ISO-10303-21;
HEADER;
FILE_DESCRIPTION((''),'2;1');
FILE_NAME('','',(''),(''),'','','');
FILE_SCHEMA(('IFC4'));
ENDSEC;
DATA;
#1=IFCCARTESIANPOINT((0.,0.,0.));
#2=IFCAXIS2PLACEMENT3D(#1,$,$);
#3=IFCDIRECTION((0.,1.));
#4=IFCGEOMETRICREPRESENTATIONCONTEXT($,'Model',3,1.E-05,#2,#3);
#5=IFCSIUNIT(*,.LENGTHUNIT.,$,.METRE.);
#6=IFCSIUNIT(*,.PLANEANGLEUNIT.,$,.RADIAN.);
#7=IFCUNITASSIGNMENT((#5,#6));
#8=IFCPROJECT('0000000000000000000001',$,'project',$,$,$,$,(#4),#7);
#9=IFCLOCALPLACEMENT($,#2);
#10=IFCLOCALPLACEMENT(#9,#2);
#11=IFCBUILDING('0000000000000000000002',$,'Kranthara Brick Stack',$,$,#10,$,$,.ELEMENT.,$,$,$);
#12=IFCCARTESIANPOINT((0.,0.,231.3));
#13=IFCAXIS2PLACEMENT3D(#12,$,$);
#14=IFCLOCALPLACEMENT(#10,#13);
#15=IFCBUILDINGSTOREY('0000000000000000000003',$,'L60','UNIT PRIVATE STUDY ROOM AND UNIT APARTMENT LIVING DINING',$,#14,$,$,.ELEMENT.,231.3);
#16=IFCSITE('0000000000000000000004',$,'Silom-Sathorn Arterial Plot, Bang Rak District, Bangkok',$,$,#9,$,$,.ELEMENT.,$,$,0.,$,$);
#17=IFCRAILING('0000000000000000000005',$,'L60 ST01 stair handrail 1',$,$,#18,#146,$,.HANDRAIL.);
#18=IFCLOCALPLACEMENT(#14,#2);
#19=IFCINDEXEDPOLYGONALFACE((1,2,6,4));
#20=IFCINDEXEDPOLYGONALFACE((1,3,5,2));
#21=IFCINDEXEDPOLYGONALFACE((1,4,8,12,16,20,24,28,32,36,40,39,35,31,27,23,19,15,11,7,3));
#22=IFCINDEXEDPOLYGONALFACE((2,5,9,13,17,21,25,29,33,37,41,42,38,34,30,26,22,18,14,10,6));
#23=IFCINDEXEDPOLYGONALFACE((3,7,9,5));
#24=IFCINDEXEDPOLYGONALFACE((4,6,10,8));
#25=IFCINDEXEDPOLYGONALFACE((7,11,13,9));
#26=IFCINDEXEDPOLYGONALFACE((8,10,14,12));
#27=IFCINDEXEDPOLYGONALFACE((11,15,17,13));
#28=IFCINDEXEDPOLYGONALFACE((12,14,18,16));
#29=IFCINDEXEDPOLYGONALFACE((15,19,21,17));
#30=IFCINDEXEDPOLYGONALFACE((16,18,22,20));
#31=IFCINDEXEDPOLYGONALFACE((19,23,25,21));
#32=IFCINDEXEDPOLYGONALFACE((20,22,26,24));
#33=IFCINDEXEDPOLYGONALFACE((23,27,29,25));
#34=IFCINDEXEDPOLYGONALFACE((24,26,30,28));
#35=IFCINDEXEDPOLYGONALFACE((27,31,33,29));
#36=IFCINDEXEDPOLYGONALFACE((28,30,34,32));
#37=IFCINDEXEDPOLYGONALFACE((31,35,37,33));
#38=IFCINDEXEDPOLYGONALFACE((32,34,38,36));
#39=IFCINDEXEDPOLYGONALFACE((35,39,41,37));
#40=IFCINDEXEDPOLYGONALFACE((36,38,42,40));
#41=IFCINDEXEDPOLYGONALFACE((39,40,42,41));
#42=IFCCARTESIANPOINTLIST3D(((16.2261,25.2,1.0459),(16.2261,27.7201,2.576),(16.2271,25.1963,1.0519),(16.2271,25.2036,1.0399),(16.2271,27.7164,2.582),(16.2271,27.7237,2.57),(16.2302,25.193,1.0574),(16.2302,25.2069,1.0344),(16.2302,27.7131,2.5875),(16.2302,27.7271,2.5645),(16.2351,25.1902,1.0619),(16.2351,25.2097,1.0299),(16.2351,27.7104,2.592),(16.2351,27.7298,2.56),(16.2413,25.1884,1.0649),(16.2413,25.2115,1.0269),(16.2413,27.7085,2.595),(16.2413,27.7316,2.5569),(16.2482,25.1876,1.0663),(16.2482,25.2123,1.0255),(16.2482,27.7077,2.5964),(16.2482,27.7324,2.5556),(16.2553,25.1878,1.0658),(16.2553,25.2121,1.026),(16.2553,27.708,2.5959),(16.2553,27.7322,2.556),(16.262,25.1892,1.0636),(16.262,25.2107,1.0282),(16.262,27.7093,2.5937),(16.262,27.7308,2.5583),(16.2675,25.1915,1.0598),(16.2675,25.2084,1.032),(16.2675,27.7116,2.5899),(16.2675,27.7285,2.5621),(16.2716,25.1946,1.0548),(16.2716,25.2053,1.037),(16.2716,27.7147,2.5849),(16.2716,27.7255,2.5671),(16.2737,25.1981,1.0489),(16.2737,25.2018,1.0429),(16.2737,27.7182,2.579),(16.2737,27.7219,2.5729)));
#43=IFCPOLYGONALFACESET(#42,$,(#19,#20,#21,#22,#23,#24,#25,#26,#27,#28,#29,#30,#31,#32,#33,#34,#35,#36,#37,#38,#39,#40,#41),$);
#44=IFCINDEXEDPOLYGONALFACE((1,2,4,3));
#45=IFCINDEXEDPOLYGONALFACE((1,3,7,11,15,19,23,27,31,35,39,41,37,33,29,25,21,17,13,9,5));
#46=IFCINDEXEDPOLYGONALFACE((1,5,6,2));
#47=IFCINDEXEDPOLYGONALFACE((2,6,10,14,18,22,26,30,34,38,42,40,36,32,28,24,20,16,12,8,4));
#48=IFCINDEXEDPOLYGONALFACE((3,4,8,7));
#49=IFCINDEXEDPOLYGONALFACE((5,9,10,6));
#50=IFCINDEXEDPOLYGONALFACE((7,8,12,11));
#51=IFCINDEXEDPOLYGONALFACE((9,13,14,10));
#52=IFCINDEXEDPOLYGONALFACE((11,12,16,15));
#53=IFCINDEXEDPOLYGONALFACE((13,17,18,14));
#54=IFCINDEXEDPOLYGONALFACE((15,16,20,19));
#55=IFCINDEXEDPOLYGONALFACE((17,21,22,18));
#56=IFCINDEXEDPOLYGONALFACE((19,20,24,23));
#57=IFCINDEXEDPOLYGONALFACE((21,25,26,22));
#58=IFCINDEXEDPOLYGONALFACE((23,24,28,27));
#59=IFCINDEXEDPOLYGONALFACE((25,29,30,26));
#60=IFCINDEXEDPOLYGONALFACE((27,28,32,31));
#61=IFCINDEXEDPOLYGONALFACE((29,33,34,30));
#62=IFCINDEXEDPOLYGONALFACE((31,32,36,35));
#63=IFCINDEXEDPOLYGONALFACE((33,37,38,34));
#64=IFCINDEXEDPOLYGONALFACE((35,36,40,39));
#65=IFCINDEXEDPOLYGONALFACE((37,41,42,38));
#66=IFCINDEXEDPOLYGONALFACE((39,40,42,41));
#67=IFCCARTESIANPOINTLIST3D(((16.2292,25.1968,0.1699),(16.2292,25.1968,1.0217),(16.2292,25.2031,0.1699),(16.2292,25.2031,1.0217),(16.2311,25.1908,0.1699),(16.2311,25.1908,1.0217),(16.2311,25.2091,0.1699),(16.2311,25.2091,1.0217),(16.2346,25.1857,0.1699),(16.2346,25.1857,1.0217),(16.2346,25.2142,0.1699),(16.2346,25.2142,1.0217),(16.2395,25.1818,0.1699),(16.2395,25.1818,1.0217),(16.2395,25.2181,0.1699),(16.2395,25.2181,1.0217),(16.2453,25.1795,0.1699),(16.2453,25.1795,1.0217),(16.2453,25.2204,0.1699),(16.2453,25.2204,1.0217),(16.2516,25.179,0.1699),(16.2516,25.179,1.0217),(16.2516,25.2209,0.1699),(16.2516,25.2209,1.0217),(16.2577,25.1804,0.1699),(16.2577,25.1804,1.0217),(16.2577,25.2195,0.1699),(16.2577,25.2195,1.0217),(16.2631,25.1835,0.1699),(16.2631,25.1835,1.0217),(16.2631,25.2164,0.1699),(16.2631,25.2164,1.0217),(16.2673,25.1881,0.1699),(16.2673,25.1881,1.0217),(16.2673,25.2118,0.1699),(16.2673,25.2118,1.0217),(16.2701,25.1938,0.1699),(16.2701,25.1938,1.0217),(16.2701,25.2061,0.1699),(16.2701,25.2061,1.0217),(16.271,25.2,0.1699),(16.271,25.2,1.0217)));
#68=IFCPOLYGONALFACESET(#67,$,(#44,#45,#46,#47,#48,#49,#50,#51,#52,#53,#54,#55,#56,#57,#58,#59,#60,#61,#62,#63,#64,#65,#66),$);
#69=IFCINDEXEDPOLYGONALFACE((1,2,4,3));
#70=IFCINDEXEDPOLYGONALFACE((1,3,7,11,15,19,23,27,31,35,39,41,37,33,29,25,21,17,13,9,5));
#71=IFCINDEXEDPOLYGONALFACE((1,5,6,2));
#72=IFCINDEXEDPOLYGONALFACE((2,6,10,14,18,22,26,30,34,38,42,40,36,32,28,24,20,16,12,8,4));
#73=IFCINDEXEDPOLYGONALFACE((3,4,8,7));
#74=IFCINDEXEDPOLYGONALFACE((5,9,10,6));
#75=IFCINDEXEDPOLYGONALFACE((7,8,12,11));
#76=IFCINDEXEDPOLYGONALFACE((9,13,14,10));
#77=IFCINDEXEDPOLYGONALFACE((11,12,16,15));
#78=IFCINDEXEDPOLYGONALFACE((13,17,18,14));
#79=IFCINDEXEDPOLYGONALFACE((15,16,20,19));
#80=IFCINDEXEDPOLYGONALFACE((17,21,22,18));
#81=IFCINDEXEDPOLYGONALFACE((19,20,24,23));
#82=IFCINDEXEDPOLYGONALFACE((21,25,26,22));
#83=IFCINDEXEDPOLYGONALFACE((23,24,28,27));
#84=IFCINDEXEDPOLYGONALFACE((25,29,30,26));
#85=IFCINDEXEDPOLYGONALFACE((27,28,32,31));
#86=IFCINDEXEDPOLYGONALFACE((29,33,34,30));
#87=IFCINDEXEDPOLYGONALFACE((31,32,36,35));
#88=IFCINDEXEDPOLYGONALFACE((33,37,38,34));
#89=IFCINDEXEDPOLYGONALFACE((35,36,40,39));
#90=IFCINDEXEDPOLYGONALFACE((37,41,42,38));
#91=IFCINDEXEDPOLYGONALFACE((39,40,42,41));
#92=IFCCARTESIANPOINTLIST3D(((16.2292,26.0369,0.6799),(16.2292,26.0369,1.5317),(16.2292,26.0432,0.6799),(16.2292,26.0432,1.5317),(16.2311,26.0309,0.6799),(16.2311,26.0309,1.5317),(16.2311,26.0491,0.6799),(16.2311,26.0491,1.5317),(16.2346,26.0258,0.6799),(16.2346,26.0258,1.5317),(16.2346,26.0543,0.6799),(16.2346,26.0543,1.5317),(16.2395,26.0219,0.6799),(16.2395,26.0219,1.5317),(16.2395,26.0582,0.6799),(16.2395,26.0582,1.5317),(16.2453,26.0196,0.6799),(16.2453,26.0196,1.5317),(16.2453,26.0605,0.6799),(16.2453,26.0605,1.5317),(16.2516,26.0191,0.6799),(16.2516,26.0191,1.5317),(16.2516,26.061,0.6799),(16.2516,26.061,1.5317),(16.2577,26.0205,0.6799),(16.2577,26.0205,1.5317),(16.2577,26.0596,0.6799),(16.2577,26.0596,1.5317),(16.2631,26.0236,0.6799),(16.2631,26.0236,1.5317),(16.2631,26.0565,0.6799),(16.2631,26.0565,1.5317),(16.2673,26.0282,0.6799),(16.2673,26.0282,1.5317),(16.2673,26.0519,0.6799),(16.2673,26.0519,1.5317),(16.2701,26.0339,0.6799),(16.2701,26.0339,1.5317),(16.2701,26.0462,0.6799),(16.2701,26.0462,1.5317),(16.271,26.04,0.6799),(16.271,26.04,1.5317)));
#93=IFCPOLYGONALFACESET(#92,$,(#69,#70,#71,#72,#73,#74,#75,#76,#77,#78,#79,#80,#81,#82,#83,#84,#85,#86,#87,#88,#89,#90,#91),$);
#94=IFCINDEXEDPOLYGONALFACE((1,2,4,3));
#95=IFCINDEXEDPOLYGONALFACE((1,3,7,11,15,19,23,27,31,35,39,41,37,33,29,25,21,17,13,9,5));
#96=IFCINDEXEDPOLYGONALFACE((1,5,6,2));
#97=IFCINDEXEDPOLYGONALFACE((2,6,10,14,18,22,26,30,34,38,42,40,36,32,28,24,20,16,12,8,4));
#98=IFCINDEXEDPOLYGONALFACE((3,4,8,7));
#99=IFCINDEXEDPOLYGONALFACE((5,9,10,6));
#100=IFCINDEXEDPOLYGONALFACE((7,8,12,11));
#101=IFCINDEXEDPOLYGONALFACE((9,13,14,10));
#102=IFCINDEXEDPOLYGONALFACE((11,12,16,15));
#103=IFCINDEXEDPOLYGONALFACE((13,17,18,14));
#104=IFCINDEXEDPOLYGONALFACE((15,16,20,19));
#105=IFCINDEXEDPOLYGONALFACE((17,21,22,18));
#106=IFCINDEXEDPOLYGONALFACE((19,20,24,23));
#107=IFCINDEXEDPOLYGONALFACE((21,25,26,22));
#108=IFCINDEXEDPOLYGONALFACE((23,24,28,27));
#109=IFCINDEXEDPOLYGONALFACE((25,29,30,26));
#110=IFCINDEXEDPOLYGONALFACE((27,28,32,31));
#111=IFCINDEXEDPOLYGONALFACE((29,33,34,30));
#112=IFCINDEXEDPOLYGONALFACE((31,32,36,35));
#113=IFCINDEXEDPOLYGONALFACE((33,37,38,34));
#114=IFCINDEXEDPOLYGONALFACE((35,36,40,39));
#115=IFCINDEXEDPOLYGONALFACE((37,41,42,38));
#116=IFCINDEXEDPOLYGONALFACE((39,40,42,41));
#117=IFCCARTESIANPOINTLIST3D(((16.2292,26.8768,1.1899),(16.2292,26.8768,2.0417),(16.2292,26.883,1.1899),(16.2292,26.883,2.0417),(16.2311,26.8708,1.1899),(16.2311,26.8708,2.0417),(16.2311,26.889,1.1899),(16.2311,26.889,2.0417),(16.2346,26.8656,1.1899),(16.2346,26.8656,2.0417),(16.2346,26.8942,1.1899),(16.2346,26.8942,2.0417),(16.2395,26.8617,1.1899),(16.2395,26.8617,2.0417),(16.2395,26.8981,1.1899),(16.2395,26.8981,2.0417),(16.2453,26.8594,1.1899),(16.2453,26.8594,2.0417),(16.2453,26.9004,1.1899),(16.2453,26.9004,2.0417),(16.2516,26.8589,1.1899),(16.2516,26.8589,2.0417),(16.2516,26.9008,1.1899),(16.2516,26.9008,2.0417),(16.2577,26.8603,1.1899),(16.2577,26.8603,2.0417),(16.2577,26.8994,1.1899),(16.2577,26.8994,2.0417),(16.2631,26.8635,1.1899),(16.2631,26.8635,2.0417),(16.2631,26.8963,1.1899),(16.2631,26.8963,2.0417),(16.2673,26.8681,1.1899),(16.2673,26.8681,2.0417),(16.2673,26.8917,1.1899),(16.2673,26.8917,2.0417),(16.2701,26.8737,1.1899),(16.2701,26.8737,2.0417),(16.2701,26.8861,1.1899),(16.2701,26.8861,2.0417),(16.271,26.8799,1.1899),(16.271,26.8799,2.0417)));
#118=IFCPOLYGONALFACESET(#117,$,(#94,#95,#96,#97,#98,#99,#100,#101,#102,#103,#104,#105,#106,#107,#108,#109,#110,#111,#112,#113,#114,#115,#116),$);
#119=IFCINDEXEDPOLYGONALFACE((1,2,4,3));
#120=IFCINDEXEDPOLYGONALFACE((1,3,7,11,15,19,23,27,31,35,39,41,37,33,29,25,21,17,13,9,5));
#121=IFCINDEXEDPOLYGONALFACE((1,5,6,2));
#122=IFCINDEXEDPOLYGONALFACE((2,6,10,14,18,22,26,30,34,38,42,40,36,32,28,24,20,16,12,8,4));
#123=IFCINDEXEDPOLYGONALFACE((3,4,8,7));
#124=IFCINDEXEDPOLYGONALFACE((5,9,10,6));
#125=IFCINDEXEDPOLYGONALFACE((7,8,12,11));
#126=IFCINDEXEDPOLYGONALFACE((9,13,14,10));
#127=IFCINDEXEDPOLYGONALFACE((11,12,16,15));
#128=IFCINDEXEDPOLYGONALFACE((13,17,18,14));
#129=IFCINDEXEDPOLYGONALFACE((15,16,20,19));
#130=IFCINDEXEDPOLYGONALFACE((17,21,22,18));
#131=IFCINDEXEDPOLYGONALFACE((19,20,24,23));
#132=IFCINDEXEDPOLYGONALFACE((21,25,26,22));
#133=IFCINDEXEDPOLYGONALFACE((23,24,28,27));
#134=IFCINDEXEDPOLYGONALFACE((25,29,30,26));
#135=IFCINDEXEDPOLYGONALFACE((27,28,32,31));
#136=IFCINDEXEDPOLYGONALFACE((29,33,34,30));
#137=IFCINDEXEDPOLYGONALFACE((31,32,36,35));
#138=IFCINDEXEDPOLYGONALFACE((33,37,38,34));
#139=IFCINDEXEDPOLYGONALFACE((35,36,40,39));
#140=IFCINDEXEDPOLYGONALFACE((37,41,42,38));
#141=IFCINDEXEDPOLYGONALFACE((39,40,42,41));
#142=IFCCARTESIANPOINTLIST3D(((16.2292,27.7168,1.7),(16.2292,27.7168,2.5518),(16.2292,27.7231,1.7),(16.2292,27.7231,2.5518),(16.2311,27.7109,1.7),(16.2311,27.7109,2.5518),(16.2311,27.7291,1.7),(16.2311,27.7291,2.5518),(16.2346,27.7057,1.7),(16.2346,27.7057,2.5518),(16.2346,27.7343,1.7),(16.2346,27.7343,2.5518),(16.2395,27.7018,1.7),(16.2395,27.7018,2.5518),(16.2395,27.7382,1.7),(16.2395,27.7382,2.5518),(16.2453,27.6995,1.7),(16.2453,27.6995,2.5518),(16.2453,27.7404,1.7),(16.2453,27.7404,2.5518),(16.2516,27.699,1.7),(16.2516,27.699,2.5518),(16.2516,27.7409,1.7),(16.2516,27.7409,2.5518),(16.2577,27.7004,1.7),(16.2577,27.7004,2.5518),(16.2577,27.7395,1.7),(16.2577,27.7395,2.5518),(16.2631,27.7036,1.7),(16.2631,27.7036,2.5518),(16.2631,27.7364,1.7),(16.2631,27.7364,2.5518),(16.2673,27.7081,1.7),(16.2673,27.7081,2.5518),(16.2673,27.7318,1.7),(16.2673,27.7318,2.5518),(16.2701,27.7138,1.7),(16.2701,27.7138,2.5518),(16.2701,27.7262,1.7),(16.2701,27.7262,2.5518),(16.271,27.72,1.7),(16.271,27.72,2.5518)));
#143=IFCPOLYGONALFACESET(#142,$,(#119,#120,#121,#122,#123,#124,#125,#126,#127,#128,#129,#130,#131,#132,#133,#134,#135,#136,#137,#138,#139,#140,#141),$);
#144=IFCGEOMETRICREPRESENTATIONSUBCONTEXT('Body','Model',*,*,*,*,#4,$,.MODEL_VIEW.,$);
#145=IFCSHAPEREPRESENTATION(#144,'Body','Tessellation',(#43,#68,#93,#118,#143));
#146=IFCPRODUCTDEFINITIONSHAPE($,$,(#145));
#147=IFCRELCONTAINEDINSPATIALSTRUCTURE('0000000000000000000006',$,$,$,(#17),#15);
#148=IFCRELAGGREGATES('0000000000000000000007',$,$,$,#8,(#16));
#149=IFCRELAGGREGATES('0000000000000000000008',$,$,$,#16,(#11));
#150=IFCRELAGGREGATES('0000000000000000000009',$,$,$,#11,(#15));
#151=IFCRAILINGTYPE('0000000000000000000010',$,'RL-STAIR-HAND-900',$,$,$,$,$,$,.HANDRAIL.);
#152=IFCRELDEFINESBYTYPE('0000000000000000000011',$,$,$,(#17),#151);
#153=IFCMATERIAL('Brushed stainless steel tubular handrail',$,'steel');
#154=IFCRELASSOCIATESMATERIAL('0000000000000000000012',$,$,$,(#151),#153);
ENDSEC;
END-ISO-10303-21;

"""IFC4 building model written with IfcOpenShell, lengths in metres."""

from ifc_helpers import new_model, si_unit, direction, frame, origin, origin_2d, place, context, subcontext, project, spatial, circle, extrude, material, type_object, element, save


model = new_model("IFC4")

# Units and contexts
model_context = context("Model", 3, precision=1e-05, world=origin(), true_north=direction((0.0, 1.0)))
body_context = subcontext(model_context, "Body", "Model", "MODEL_VIEW")
ifc_project = project(units=[si_unit("LENGTHUNIT", "METRE"), si_unit("PLANEANGLEUNIT", "RADIAN")], contexts=[model_context])

# Site, building, storey
site_placement = place(None, origin())
site = spatial("IfcSite", under=ifc_project, at=site_placement, Name="Silom-Sathorn Arterial Plot, Bang Rak District, Bangkok", CompositionType="ELEMENT", RefElevation=0.0)
building_placement = place(site_placement, origin())
building = spatial("IfcBuilding", under=site, at=building_placement, Name="Kranthara Brick Stack", CompositionType="ELEMENT")
storey_placement = place(building_placement, frame((0.0, 0.0, 231.3)))
storey = spatial("IfcBuildingStorey", under=building, at=storey_placement, Name="L60", Description="UNIT PRIVATE STUDY ROOM AND UNIT APARTMENT LIVING DINING", CompositionType="ELEMENT", Elevation=231.3)

# Railing
ifc_material_1 = material(Name="Brushed stainless steel tubular handrail", Category="steel")
railing_type_1 = type_object("IfcRailingType", Name="RL-STAIR-HAND-900", PredefinedType="HANDRAIL", material=ifc_material_1)
railing_1_placement = place(storey_placement, frame((16.25, 25.2, 0.1699)))
element("IfcRailing", 1, at=railing_1_placement, inside=storey, type_object=railing_type_1, Name="L60 ST01 stair handrail 1", PredefinedType="HANDRAIL", context=body_context, shape_type="SweptSolid", body=[
    extrude(circle(Radius=0.0239, at=origin_2d()), frame((0.0, 0.0, 0.876), z_axis=(0.0, 0.854785, 0.518982), x_axis=(-1.0, 0.0, 0.0)), (0.0, 0.0, 1.0), 2.9482),
    extrude(circle(Radius=0.021, at=origin_2d()), origin(), (0.0, 0.0, 1.0), 0.8518),
    extrude(circle(Radius=0.021, at=origin_2d()), frame((0.0, 0.8401, 0.51)), (0.0, 0.0, 1.0), 0.8518),
    extrude(circle(Radius=0.021, at=origin_2d()), frame((0.0, 1.6799, 1.02)), (0.0, 0.0, 1.0), 0.8518),
    extrude(circle(Radius=0.021, at=origin_2d()), frame((0.0, 2.52, 1.53)), (0.0, 0.0, 1.0), 0.8518),
])

save(model, "model.ifc")
